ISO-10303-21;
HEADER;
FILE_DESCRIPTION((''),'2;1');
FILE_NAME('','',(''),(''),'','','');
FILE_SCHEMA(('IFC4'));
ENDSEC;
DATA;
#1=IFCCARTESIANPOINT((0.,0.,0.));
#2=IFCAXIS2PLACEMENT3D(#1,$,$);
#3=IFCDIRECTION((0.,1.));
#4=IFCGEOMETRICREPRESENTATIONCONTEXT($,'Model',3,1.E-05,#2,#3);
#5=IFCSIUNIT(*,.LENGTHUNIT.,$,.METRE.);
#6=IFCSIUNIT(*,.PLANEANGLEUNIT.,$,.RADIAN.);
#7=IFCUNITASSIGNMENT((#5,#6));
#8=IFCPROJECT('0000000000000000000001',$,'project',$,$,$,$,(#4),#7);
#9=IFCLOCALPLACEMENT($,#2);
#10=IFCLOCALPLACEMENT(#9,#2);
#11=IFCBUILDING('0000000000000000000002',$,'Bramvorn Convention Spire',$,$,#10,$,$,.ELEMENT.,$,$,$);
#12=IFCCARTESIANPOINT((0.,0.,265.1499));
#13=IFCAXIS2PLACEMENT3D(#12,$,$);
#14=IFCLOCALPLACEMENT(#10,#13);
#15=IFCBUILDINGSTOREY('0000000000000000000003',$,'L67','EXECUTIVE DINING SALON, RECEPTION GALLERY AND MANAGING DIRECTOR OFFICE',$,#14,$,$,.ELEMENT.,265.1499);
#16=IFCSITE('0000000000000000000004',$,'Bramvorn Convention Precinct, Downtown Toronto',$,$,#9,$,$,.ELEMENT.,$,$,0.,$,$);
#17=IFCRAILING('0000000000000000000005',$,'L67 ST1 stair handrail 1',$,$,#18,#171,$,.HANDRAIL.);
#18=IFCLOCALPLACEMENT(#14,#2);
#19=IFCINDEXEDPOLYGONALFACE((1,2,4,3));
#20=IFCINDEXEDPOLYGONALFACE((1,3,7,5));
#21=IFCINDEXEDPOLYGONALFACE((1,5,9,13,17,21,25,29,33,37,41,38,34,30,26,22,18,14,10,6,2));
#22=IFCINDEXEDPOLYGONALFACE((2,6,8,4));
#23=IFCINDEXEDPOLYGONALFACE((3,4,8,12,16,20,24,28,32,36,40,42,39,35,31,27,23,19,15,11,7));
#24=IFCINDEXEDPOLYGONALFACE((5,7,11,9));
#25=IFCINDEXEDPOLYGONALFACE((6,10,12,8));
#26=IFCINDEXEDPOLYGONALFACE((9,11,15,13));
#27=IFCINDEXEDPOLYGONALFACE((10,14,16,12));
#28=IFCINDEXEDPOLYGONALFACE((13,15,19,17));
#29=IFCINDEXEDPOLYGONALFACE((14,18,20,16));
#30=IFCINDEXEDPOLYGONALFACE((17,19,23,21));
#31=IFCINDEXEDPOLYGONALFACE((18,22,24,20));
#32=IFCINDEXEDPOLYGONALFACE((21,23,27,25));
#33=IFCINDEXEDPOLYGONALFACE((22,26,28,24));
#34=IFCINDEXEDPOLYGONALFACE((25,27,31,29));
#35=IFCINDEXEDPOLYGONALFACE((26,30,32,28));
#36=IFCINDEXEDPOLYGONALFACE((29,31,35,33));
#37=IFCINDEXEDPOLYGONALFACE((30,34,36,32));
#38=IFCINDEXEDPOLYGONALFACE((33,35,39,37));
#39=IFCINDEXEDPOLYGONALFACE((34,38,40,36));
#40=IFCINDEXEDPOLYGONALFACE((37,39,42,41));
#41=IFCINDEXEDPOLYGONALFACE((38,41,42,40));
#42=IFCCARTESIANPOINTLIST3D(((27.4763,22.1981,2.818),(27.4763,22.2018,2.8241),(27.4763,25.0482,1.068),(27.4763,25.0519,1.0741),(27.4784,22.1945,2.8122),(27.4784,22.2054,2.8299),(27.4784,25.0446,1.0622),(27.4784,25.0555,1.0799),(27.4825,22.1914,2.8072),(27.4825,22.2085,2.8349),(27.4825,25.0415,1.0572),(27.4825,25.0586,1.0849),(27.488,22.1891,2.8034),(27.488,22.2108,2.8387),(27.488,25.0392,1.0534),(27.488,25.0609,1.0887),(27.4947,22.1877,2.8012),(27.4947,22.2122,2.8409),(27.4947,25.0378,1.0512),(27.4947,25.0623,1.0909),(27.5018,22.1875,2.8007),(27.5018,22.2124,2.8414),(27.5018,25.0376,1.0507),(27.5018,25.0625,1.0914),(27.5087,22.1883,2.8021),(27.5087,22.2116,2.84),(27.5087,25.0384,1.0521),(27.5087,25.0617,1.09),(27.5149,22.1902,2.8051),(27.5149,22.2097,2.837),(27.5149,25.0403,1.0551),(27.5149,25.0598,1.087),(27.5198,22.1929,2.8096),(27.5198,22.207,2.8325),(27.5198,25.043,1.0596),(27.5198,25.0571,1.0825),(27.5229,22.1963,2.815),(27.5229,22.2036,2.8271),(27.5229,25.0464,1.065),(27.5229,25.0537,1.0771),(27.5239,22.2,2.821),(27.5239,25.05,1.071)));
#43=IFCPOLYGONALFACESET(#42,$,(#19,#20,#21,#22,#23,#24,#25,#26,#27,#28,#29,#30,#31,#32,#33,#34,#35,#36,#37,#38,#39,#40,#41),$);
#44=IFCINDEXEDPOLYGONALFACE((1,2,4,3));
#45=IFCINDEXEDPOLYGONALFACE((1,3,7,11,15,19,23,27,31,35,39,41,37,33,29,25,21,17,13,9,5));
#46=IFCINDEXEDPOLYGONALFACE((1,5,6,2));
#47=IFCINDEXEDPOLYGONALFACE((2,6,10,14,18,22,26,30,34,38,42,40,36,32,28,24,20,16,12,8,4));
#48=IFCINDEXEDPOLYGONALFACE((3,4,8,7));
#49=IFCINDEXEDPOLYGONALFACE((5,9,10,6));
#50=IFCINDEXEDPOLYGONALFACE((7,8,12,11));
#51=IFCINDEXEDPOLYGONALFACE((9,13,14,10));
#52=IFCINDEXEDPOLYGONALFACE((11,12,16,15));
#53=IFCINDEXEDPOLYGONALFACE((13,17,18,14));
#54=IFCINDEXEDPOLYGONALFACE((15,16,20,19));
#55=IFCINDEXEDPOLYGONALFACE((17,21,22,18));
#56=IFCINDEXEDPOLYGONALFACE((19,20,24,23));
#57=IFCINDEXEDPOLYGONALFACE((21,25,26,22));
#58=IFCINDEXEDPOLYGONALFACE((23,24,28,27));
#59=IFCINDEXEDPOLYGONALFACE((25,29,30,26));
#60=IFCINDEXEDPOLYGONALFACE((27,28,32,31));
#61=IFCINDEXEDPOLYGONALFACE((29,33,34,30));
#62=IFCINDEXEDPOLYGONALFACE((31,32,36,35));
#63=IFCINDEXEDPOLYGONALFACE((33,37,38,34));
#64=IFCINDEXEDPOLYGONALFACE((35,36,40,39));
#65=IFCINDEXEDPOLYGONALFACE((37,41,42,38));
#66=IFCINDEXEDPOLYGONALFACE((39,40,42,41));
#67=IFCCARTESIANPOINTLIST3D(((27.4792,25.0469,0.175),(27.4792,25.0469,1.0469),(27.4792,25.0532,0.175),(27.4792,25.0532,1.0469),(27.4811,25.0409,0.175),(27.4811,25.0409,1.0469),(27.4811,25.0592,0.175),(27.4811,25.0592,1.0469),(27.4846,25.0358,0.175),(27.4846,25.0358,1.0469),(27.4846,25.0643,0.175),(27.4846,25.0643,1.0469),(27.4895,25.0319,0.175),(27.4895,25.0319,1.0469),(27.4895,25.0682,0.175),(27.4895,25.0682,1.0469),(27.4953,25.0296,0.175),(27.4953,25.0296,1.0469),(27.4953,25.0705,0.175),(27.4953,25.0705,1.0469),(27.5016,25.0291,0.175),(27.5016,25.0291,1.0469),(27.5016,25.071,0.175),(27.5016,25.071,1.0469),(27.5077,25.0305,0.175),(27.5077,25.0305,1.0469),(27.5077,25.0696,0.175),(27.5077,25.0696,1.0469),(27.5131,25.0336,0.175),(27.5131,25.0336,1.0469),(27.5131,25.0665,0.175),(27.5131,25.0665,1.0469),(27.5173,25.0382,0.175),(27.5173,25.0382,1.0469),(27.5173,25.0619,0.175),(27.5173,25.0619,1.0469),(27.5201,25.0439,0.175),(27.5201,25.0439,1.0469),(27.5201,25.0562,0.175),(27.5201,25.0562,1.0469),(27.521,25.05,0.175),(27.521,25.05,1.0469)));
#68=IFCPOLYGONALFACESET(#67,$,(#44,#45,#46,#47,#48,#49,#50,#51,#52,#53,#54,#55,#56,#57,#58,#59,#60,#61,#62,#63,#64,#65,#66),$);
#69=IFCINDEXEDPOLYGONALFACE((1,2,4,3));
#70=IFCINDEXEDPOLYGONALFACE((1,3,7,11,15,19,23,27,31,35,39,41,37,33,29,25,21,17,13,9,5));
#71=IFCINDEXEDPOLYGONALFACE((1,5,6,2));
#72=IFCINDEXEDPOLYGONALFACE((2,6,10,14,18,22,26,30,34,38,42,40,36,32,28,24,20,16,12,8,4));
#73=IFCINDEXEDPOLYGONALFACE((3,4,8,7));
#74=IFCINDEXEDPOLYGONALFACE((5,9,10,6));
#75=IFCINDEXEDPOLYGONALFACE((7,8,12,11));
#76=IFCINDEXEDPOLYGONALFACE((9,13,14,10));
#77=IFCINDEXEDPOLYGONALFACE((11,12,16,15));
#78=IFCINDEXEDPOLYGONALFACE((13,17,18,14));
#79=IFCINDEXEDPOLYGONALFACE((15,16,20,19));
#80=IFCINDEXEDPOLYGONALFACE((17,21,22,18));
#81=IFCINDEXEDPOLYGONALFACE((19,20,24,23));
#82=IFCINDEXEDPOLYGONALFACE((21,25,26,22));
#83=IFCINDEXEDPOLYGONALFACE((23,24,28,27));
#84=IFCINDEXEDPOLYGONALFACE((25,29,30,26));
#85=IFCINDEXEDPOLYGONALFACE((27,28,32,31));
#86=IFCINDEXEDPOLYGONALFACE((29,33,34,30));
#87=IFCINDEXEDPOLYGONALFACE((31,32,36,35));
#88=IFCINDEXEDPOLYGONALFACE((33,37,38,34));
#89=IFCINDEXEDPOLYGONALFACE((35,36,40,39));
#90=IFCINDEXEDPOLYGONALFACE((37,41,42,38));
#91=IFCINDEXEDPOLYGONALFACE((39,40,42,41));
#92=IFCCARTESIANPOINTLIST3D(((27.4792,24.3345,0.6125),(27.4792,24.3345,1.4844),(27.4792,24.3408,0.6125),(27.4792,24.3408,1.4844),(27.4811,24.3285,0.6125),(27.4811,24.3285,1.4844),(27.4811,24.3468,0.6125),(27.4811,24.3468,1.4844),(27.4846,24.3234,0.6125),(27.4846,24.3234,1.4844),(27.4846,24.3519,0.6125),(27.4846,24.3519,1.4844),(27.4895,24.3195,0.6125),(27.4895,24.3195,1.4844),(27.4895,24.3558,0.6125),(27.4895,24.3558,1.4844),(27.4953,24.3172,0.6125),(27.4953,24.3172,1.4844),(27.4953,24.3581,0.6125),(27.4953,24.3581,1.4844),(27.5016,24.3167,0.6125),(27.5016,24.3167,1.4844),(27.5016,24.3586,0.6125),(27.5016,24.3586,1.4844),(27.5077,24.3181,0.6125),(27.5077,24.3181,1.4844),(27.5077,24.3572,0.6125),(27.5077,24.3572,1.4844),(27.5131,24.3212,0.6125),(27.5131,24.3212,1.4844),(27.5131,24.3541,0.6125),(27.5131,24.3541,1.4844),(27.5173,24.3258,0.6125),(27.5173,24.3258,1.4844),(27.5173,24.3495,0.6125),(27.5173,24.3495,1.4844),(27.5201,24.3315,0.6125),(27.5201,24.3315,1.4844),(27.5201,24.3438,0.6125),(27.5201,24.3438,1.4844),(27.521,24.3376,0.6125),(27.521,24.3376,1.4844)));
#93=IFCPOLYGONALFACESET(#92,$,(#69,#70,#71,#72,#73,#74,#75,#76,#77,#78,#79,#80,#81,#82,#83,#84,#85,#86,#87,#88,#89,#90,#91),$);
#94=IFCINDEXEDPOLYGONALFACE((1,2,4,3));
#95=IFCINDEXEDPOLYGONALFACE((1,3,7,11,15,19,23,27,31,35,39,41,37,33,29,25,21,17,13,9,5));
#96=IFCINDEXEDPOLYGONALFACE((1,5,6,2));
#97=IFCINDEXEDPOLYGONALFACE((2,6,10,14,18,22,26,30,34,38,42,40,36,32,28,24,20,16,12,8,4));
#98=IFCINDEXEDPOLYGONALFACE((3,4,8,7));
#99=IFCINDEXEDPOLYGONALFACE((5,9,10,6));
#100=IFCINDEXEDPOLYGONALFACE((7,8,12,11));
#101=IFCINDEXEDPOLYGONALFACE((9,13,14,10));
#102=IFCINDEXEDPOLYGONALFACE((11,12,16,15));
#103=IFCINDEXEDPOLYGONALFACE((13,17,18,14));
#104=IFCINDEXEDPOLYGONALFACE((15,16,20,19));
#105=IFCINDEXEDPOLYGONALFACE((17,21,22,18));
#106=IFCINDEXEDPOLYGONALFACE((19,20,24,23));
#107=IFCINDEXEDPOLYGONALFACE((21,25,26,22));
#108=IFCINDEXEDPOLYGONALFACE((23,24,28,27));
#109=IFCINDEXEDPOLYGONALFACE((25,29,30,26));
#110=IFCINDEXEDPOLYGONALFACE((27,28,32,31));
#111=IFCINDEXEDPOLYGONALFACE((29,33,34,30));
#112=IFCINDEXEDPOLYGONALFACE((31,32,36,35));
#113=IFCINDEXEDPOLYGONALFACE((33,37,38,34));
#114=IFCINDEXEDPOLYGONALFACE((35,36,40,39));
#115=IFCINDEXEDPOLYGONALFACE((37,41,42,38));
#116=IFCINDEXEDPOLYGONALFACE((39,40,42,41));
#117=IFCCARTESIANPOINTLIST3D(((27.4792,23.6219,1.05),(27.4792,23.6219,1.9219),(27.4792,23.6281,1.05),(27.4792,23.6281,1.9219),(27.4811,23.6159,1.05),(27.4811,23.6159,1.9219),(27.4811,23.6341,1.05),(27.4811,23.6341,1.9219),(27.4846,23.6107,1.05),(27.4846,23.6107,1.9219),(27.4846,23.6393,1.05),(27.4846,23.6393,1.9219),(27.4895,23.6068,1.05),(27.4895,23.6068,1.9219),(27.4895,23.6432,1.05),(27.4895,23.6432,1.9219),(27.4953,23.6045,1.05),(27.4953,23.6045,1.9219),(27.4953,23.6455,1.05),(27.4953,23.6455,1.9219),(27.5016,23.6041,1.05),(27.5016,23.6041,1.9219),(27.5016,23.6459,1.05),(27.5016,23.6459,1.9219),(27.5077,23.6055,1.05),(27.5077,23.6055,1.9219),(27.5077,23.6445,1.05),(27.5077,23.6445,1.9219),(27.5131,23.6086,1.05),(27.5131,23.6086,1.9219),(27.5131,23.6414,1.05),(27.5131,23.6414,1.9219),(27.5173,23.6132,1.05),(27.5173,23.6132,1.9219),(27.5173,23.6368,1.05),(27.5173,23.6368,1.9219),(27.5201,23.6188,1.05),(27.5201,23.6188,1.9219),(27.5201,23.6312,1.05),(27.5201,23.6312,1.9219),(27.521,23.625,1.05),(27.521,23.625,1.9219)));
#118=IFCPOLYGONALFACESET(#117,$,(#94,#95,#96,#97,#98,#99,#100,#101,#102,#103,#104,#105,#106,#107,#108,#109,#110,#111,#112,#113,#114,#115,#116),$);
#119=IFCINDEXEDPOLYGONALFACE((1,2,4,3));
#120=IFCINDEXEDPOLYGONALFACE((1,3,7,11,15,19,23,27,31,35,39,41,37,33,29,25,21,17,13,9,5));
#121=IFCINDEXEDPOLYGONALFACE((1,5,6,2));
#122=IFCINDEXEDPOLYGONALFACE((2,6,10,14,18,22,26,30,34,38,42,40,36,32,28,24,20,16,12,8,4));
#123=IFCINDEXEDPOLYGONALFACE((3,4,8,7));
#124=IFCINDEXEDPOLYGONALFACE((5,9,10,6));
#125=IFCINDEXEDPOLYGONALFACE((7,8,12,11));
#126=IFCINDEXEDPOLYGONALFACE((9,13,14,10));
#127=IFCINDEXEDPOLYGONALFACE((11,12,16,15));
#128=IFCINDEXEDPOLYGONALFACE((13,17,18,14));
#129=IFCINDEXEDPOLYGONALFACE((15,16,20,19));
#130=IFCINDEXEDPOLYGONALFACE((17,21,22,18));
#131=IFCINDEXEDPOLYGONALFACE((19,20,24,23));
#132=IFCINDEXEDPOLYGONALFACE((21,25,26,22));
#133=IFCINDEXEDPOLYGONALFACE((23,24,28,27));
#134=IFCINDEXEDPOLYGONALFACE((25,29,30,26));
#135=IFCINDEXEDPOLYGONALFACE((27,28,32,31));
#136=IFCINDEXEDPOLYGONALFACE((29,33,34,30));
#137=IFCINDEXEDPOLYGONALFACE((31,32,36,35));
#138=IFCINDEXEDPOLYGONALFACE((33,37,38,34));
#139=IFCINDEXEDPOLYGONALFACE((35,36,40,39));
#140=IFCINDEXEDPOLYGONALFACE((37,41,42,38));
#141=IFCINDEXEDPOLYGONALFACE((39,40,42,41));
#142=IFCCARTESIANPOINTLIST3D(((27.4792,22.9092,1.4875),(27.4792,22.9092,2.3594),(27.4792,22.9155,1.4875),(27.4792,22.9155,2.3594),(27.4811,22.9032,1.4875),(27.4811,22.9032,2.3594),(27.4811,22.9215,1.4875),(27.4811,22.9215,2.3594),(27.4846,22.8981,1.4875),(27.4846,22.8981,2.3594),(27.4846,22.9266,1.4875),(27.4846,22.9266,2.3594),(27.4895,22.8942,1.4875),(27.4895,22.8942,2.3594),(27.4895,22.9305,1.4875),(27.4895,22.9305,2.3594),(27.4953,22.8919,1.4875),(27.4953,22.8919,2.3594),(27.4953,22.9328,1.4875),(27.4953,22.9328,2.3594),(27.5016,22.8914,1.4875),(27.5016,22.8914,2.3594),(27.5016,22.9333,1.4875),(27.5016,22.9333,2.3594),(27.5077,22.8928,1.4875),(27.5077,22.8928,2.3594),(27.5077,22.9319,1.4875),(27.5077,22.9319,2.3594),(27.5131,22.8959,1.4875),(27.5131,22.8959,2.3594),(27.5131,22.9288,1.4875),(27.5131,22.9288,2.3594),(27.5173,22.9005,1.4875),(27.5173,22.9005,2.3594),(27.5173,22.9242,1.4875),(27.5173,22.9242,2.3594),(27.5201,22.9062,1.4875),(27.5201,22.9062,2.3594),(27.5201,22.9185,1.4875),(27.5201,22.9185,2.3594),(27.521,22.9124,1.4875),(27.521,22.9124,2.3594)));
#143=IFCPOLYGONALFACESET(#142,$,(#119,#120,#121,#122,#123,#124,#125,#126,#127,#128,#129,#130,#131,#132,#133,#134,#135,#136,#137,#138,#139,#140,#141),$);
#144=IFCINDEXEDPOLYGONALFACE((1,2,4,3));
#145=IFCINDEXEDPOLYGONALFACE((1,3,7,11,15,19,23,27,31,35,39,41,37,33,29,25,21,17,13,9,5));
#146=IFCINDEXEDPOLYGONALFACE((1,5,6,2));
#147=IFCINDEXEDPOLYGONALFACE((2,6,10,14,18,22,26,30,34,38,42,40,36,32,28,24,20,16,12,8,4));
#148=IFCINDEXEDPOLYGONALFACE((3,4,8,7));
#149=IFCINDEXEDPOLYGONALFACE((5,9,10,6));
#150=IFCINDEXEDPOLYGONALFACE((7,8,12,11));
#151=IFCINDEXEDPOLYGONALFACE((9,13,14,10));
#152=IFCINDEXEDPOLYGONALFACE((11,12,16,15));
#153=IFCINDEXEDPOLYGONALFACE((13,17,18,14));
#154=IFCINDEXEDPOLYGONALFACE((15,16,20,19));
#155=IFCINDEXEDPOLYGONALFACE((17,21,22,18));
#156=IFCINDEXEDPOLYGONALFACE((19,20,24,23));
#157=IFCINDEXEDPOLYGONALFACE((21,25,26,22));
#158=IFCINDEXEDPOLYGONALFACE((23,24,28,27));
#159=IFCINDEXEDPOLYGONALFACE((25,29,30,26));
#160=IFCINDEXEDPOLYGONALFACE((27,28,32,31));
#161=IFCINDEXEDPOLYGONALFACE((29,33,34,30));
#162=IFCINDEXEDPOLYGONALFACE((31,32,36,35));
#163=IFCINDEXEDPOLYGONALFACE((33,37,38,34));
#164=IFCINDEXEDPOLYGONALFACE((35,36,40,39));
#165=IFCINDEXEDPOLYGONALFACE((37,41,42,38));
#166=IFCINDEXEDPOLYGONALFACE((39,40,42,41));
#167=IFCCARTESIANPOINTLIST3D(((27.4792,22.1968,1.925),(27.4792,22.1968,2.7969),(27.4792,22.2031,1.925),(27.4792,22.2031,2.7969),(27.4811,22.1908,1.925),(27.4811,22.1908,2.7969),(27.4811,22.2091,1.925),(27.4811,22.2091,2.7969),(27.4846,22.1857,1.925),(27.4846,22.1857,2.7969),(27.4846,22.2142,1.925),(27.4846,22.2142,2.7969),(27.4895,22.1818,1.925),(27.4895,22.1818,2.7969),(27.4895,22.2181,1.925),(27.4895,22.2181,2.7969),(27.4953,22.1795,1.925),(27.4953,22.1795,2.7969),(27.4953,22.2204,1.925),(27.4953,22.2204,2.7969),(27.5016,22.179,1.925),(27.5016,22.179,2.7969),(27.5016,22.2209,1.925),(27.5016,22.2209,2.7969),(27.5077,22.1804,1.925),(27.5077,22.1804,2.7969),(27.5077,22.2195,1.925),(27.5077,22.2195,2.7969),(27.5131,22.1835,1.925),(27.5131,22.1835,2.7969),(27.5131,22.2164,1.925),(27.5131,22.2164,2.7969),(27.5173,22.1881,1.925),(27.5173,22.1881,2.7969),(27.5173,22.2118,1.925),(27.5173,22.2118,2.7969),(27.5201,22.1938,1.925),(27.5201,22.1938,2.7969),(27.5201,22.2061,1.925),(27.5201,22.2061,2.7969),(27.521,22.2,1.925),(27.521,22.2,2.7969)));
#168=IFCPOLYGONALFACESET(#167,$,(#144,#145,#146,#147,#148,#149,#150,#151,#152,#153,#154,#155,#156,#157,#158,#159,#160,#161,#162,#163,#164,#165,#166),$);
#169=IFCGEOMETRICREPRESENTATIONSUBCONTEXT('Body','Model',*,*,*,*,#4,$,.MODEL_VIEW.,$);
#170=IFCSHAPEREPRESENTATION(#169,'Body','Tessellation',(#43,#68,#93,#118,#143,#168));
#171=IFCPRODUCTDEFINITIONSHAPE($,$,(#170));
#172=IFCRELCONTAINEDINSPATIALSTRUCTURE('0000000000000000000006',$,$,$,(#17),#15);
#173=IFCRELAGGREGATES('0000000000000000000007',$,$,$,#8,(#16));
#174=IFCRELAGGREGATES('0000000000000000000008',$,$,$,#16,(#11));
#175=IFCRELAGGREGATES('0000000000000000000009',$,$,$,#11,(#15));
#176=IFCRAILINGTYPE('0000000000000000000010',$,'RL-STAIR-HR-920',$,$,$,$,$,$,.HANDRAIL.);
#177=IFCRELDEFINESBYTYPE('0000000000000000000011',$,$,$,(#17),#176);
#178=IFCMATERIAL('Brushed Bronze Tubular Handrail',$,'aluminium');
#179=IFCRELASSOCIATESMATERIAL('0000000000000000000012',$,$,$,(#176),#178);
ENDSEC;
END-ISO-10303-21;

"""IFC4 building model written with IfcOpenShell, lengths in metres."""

from ifc_helpers import new_model, si_unit, direction, frame, origin, origin_2d, place, context, subcontext, project, spatial, circle, extrude, material, type_object, element, save


model = new_model("IFC4")

# Units and contexts
model_context = context("Model", 3, precision=1e-05, world=origin(), true_north=direction((0.0, 1.0)))
body_context = subcontext(model_context, "Body", "Model", "MODEL_VIEW")
ifc_project = project(units=[si_unit("LENGTHUNIT", "METRE"), si_unit("PLANEANGLEUNIT", "RADIAN")], contexts=[model_context])

# Site, building, storey
site_placement = place(None, origin())
site = spatial("IfcSite", under=ifc_project, at=site_placement, Name="Bramvorn Convention Precinct, Downtown Toronto", CompositionType="ELEMENT", RefElevation=0.0)
building_placement = place(site_placement, origin())
building = spatial("IfcBuilding", under=site, at=building_placement, Name="Bramvorn Convention Spire", CompositionType="ELEMENT")
storey_placement = place(building_placement, frame((0.0, 0.0, 265.1499)))
storey = spatial("IfcBuildingStorey", under=building, at=storey_placement, Name="L67", Description="EXECUTIVE DINING SALON, RECEPTION GALLERY AND MANAGING DIRECTOR OFFICE", CompositionType="ELEMENT", Elevation=265.1499)

# Railing
ifc_material_1 = material(Name="Brushed Bronze Tubular Handrail", Category="aluminium")
railing_type_1 = type_object("IfcRailingType", Name="RL-STAIR-HR-920", PredefinedType="HANDRAIL", material=ifc_material_1)
railing_1_placement = place(storey_placement, frame((27.5, 25.05, 0.175)))
element("IfcRailing", 1, at=railing_1_placement, inside=storey, type_object=railing_type_1, Name="L67 ST1 stair handrail 1", PredefinedType="HANDRAIL", context=body_context, shape_type="SweptSolid", body=[
    extrude(circle(Radius=0.0239, at=origin_2d()), frame((0.0, 0.0, 0.896), z_axis=(0.0, -0.852179, 0.52325), x_axis=(1.0, 0.0, 0.0)), (0.0, 0.0, 1.0), 3.3445),
    extrude(circle(Radius=0.021, at=origin_2d()), origin(), (0.0, 0.0, 1.0), 0.8718),
    extrude(circle(Radius=0.021, at=origin_2d()), frame((0.0, -0.7124, 0.4375)), (0.0, 0.0, 1.0), 0.8718),
    extrude(circle(Radius=0.021, at=origin_2d()), frame((0.0, -1.425, 0.875)), (0.0, 0.0, 1.0), 0.8718),
    extrude(circle(Radius=0.021, at=origin_2d()), frame((0.0, -2.1377, 1.3125)), (0.0, 0.0, 1.0), 0.8718),
    extrude(circle(Radius=0.021, at=origin_2d()), frame((0.0, -2.8501, 1.75)), (0.0, 0.0, 1.0), 0.8718),
])

save(model, "model.ifc")
